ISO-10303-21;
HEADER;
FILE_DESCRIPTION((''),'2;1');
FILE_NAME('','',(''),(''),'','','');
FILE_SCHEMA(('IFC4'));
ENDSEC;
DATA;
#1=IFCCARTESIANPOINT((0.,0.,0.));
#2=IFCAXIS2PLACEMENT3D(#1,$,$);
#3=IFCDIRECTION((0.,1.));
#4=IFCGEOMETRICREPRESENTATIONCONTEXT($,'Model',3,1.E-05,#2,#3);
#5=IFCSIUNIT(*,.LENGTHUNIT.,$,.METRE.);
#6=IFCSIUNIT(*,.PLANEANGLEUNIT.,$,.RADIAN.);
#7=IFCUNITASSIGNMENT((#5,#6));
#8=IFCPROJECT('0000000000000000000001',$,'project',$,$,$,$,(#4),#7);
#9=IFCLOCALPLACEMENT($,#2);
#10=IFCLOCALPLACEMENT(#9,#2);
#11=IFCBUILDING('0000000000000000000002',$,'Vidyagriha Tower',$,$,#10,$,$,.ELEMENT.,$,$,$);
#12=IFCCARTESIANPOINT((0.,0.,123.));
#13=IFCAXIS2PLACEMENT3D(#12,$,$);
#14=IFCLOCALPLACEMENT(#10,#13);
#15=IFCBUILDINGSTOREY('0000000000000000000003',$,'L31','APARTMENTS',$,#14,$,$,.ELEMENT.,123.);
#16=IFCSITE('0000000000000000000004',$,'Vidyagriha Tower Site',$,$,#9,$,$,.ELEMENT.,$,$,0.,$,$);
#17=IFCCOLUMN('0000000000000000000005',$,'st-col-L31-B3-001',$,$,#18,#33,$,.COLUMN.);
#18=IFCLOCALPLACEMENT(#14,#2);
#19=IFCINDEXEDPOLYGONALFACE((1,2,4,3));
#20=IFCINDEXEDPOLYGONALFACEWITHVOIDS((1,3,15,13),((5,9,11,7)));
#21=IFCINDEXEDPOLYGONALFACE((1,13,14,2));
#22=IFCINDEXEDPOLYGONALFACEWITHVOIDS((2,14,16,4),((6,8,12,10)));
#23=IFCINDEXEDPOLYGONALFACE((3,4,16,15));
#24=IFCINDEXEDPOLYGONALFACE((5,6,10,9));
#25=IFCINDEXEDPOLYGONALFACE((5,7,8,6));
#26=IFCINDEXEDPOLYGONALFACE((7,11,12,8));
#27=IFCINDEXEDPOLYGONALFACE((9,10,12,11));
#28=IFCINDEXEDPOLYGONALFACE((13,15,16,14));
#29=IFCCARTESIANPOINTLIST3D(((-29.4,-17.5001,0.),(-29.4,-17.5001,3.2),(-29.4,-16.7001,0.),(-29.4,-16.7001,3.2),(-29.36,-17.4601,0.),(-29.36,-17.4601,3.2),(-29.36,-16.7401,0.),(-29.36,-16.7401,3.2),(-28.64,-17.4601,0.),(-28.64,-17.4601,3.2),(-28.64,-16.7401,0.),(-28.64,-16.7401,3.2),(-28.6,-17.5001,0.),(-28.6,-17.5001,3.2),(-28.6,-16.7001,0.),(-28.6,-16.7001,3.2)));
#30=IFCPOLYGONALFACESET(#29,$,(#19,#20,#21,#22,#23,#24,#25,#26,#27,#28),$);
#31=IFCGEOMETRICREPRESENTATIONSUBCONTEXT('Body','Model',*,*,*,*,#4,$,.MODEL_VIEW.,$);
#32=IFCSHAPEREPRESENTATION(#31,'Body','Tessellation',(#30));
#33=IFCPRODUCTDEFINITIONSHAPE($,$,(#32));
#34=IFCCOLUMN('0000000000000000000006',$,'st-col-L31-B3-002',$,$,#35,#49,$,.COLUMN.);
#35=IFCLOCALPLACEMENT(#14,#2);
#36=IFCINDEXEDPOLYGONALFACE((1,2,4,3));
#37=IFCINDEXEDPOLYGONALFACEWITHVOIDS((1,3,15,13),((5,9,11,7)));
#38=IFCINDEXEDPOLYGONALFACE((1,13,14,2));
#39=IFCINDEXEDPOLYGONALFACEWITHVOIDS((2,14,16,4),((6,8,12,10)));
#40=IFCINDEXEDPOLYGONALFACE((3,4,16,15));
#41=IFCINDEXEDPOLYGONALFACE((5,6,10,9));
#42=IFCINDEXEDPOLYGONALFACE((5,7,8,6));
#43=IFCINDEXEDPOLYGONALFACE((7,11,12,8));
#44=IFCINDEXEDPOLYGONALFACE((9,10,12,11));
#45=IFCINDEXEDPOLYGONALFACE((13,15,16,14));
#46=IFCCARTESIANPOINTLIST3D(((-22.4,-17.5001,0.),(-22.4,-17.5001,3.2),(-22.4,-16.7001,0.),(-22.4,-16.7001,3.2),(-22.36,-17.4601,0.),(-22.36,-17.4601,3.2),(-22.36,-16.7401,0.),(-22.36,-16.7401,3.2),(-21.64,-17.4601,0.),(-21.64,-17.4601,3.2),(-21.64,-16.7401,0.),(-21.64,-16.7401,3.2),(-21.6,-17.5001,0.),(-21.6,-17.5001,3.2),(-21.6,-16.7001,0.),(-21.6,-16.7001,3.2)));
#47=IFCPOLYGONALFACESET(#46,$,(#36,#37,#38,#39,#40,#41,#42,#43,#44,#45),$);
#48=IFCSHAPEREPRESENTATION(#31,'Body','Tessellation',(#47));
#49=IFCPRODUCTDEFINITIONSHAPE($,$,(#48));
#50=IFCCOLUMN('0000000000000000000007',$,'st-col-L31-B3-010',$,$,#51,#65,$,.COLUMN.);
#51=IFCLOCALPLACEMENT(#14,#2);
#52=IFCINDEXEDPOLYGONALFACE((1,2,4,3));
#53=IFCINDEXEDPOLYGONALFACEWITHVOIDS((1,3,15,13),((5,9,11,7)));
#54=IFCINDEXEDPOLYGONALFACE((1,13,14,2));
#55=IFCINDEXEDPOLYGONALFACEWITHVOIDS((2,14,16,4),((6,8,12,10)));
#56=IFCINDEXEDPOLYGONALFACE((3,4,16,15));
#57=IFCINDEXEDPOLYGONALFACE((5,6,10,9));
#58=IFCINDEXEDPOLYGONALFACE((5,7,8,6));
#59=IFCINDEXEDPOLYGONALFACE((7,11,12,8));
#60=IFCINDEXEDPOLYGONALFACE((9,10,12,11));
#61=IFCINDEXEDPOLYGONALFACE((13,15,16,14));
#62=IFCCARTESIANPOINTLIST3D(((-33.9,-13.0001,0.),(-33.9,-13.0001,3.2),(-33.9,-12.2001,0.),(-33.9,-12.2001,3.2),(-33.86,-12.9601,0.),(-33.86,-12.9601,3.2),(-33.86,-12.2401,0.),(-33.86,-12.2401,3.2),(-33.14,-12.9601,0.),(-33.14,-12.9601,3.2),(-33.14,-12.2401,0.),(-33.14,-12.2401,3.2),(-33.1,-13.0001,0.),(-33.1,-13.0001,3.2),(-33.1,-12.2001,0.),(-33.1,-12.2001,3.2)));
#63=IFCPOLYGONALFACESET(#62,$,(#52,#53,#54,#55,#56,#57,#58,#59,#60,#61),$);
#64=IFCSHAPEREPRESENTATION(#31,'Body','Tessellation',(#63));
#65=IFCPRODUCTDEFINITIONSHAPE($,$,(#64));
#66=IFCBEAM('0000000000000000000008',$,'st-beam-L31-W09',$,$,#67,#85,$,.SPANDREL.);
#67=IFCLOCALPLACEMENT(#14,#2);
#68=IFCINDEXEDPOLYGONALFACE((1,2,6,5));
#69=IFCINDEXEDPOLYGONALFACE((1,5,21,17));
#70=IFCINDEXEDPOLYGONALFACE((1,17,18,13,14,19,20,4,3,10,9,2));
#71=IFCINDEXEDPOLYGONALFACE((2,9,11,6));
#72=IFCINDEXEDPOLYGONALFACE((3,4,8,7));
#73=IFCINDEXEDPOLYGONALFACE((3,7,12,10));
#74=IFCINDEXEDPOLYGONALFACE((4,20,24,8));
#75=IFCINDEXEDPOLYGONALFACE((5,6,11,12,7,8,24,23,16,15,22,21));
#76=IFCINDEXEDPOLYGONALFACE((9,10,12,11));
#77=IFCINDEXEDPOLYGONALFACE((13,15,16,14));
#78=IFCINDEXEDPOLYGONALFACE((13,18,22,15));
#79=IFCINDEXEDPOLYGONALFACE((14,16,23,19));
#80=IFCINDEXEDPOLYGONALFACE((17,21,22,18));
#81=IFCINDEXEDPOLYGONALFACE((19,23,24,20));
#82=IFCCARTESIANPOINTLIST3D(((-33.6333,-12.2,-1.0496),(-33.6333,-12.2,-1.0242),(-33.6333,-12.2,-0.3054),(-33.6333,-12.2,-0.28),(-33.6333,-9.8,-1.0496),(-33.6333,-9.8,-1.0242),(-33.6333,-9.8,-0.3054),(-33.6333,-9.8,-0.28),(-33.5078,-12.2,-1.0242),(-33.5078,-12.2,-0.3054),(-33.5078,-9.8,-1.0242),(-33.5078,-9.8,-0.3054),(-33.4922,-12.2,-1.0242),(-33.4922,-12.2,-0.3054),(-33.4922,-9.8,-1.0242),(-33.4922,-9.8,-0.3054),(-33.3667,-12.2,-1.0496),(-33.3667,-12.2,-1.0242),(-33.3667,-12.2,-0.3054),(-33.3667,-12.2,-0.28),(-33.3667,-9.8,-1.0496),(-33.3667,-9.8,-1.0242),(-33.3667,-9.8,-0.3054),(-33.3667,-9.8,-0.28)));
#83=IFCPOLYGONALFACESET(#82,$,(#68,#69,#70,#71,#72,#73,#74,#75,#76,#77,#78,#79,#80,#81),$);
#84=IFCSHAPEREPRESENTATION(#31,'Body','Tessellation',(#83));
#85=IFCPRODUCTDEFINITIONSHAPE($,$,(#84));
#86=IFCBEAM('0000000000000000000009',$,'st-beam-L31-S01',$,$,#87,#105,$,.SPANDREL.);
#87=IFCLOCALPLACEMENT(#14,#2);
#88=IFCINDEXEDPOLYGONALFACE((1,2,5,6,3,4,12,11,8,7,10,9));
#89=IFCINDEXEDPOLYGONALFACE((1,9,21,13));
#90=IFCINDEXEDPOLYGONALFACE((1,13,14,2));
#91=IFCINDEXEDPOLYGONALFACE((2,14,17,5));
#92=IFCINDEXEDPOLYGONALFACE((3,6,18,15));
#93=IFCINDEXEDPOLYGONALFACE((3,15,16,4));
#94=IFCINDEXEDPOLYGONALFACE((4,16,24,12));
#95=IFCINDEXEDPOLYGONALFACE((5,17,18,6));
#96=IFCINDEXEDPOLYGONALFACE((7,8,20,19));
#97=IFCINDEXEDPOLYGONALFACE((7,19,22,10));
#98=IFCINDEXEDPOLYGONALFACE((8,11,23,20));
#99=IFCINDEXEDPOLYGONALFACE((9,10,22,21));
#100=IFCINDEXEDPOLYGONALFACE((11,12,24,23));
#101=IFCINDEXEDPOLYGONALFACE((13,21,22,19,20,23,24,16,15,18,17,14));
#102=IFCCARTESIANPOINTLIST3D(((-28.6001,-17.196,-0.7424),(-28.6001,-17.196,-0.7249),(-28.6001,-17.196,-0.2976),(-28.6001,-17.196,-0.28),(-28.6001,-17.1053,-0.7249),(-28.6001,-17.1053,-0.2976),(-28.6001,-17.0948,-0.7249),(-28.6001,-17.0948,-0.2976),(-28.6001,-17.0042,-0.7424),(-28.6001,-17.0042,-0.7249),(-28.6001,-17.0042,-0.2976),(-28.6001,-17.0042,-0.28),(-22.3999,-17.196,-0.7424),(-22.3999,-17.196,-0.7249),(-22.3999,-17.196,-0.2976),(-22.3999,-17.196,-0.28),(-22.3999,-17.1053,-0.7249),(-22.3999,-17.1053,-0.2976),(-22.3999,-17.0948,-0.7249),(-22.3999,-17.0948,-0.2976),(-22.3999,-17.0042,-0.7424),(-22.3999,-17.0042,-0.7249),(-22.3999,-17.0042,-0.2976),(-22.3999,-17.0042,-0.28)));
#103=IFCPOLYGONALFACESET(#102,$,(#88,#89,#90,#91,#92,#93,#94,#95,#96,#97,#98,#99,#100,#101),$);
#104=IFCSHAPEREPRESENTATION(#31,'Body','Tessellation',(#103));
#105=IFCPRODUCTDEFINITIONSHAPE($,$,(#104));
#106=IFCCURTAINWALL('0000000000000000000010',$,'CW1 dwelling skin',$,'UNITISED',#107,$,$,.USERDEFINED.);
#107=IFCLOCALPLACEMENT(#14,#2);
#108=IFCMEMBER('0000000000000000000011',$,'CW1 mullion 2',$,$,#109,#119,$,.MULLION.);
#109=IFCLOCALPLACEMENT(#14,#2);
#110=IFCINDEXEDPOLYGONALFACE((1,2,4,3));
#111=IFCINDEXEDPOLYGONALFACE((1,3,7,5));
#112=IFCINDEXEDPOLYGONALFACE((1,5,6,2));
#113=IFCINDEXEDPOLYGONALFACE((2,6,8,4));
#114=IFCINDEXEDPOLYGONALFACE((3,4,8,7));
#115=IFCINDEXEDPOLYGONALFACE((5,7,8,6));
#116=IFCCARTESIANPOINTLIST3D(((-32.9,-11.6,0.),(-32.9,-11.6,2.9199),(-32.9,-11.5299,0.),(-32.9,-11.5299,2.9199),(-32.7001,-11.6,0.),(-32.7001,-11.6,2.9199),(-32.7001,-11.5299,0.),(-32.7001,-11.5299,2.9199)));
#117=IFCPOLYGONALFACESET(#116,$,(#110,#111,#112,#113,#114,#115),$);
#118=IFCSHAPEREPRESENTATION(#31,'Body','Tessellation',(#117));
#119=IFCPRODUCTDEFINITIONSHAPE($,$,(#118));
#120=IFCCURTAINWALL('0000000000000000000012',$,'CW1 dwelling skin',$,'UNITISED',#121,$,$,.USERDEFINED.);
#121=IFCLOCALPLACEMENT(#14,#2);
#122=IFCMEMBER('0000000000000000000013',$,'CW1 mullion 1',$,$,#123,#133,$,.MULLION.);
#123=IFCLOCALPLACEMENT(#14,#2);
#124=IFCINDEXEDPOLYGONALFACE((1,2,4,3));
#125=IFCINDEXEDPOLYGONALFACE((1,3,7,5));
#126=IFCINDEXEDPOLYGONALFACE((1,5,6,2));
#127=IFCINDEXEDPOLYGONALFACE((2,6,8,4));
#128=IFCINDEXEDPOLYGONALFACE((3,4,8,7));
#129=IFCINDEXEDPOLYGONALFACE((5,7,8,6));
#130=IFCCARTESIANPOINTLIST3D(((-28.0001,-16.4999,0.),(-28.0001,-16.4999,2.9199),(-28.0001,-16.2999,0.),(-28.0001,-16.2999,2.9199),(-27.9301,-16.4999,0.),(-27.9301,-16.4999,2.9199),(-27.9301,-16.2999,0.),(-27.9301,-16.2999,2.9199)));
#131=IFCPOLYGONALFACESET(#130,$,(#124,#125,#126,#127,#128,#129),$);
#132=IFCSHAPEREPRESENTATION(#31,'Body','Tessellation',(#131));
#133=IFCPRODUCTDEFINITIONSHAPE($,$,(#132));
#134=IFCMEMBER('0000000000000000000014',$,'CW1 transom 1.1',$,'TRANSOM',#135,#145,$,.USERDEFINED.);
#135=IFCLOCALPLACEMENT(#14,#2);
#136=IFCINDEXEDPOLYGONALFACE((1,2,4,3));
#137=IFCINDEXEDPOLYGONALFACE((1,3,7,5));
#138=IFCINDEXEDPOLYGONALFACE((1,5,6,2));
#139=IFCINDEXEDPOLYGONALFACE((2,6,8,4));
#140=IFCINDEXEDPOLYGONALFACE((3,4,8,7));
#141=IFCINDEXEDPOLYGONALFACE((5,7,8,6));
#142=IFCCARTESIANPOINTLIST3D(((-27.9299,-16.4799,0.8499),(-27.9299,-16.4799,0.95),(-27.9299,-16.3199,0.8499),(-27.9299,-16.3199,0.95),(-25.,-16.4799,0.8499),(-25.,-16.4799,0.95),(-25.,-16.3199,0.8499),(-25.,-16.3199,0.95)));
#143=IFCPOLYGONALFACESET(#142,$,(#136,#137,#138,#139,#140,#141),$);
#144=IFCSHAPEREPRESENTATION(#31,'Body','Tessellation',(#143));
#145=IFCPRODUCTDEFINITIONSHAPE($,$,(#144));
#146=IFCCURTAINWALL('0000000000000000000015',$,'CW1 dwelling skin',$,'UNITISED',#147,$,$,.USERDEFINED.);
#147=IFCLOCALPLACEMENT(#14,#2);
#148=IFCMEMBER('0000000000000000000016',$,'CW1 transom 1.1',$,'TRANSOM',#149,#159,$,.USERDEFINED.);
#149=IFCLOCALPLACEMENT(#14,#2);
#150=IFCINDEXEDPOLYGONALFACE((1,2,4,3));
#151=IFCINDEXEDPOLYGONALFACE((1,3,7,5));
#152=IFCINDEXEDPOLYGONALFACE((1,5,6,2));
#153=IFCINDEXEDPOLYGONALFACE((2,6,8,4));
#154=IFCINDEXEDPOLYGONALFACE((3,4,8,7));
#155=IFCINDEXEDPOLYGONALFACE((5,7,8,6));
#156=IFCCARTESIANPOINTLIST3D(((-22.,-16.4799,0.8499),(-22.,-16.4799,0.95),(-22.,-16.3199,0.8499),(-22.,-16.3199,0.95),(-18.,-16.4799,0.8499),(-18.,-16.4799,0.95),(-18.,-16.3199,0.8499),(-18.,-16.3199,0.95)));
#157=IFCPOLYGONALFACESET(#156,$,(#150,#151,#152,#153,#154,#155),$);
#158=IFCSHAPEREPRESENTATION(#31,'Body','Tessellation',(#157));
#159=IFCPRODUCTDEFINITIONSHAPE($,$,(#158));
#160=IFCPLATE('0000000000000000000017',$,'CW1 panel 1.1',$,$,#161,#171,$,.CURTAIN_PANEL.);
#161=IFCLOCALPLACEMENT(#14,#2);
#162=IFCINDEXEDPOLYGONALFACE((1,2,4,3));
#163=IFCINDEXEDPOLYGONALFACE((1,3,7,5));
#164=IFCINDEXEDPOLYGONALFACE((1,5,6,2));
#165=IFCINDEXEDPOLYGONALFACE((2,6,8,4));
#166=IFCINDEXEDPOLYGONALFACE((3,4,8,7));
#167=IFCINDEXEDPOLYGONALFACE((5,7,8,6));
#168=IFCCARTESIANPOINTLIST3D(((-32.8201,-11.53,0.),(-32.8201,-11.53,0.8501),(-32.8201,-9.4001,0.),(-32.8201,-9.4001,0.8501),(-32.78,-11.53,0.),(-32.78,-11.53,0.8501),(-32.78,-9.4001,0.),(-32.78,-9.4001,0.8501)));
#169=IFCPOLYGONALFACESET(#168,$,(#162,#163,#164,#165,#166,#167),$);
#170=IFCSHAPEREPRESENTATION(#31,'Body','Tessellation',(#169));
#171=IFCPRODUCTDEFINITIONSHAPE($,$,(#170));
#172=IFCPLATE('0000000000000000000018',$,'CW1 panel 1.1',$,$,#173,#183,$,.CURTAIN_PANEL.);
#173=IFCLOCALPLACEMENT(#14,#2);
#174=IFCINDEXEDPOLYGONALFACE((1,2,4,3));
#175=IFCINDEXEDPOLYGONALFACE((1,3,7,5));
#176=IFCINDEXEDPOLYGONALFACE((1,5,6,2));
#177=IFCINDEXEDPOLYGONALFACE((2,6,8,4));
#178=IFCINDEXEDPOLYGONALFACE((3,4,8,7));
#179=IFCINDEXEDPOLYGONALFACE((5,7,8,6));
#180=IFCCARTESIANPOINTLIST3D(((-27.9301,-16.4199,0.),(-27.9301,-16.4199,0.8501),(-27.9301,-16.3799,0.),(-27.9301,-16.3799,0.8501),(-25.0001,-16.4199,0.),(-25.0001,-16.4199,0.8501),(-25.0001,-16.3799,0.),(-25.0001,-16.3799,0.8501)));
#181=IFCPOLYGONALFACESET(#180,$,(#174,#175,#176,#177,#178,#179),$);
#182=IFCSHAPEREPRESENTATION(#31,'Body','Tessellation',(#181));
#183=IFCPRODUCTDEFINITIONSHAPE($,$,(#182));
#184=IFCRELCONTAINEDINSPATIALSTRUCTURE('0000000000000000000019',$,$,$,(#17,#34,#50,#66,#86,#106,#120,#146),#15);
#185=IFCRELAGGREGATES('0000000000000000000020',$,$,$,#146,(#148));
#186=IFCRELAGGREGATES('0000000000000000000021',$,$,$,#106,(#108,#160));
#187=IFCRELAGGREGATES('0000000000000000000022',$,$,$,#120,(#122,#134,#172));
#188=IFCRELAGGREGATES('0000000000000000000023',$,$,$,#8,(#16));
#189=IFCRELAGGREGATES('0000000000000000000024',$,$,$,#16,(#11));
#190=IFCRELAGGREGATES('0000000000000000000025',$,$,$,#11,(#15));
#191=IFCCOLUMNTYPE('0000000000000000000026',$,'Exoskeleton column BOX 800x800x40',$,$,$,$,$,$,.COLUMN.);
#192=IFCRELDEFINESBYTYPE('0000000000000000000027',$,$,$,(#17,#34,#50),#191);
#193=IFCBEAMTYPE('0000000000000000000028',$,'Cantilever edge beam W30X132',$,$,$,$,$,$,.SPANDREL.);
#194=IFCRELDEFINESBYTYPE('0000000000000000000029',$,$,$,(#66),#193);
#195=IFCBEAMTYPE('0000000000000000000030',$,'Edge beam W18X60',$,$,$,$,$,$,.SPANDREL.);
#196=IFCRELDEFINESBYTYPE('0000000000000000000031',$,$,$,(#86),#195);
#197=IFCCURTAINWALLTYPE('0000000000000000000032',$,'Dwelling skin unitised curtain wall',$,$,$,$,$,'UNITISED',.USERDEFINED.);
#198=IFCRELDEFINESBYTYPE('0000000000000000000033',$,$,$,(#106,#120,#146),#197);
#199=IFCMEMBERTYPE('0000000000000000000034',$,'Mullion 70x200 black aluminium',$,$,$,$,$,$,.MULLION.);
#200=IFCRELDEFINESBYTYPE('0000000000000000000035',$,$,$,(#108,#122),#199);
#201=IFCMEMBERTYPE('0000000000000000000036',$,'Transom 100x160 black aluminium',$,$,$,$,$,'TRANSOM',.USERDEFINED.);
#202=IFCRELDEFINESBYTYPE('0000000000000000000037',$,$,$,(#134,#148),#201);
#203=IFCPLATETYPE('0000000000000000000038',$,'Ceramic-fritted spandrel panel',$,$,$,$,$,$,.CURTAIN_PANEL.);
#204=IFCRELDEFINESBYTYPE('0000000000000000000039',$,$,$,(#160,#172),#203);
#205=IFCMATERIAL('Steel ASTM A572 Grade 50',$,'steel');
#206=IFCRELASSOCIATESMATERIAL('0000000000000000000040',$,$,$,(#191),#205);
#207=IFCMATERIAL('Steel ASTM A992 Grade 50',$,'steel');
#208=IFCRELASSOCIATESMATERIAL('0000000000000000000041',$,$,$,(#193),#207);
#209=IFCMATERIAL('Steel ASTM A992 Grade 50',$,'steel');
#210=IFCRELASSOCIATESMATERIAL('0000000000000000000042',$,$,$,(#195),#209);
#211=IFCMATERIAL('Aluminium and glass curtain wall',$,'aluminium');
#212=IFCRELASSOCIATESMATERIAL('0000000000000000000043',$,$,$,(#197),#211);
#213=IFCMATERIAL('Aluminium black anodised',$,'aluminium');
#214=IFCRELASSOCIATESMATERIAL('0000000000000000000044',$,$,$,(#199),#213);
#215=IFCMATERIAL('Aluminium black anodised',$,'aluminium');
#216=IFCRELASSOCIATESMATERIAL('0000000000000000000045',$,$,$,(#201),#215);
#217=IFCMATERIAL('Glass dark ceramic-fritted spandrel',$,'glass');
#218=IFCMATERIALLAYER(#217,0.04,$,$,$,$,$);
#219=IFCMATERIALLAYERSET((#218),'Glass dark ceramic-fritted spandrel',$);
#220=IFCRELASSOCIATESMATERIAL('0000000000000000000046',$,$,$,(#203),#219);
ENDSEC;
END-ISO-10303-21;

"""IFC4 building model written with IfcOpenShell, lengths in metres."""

from ifc_helpers import new_model, si_unit, direction, frame, origin, origin_2d, place, context, subcontext, project, spatial, rectangle, hollow_rectangle, i_section, extrude, material, layer, layer_set, material_profile, profile_set, type_object, element, aggregate, save


model = new_model("IFC4")

# Units and contexts
model_context = context("Model", 3, precision=1e-05, world=origin(), true_north=direction((0.0, 1.0)))
body_context = subcontext(model_context, "Body", "Model", "MODEL_VIEW")
ifc_project = project(units=[si_unit("LENGTHUNIT", "METRE"), si_unit("PLANEANGLEUNIT", "RADIAN")], contexts=[model_context])

# Site, building, storey
site_placement = place(None, origin())
site = spatial("IfcSite", under=ifc_project, at=site_placement, Name="Vidyagriha Tower Site", CompositionType="ELEMENT", RefElevation=0.0)
building_placement = place(site_placement, origin())
building = spatial("IfcBuilding", under=site, at=building_placement, Name="Vidyagriha Tower", CompositionType="ELEMENT")
storey_placement = place(building_placement, frame((0.0, 0.0, 123.0)))
storey = spatial("IfcBuildingStorey", under=building, at=storey_placement, Name="L31", Description="APARTMENTS", CompositionType="ELEMENT", Elevation=123.0)

# Columns
ifc_material_1 = material(Name="Steel ASTM A572 Grade 50", Category="steel")
ifc_material_profile_1 = material_profile(ifc_material_1, hollow_rectangle(XDim=0.8, YDim=0.8, WallThickness=0.04, at=origin_2d()), Name="BOX 800x800x40")
ifc_profile_set_1 = profile_set([ifc_material_profile_1], Name="Steel ASTM A572 Grade 50")
column_type = type_object("IfcColumnType", Name="Exoskeleton column BOX 800x800x40", PredefinedType="COLUMN", material=ifc_profile_set_1)
for number, where, name in (
    (1, (-29.0, -17.1001, 0.0), "st-col-L31-B3-001"),
    (2, (-22.0, -17.1001, 0.0), "st-col-L31-B3-002"),
    (3, (-33.5, -12.6001, 0.0), "st-col-L31-B3-010"),
):
    element("IfcColumn", number, at=place(storey_placement, frame(where)), inside=storey, type_object=column_type, Name=name, PredefinedType="COLUMN", context=body_context, shape_type="SweptSolid", body=[
        extrude(hollow_rectangle(XDim=0.8, YDim=0.8, WallThickness=0.04, at=origin_2d()), origin(), (0.0, 0.0, 1.0), 3.2),
    ])

# Beams
ifc_material_2 = material(Name="Steel ASTM A992 Grade 50", Category="steel")
ifc_material_profile_2 = material_profile(ifc_material_2, i_section(OverallWidth=0.2666, OverallDepth=0.7695, WebThickness=0.0156, FlangeThickness=0.0254, at=origin_2d()), Name="W30X132")
ifc_profile_set_2 = profile_set([ifc_material_profile_2], Name="Steel ASTM A992 Grade 50")
beam_type_1 = type_object("IfcBeamType", Name="Cantilever edge beam W30X132", PredefinedType="SPANDREL", material=ifc_profile_set_2)
beam_1_placement = place(storey_placement, frame((-33.5, -12.2, -0.6648), z_axis=(0.0, 1.0, 0.0), x_axis=(-1.0, 0.0, 0.0)))
element("IfcBeam", 4, at=beam_1_placement, inside=storey, type_object=beam_type_1, Name="st-beam-L31-W09", PredefinedType="SPANDREL", context=body_context, shape_type="SweptSolid", body=[
    extrude(i_section(OverallWidth=0.2666, OverallDepth=0.7695, WebThickness=0.0156, FlangeThickness=0.0254, at=origin_2d()), origin(), (0.0, 0.0, 1.0), 2.3999),
])
ifc_material_3 = material(Name="Steel ASTM A992 Grade 50", Category="steel")
ifc_material_profile_3 = material_profile(ifc_material_3, i_section(OverallWidth=0.1919, OverallDepth=0.4624, WebThickness=0.0105, FlangeThickness=0.0176, at=origin_2d()), Name="W18X60")
ifc_profile_set_3 = profile_set([ifc_material_profile_3], Name="Steel ASTM A992 Grade 50")
beam_type_2 = type_object("IfcBeamType", Name="Edge beam W18X60", PredefinedType="SPANDREL", material=ifc_profile_set_3)
beam_2_placement = place(storey_placement, frame((-28.6001, -17.1001, -0.5112), z_axis=(1.0, 0.0, 0.0), x_axis=(0.0, 1.0, 0.0)))
element("IfcBeam", 5, at=beam_2_placement, inside=storey, type_object=beam_type_2, Name="st-beam-L31-S01", PredefinedType="SPANDREL", context=body_context, shape_type="SweptSolid", body=[
    extrude(i_section(OverallWidth=0.1919, OverallDepth=0.4624, WebThickness=0.0105, FlangeThickness=0.0176, at=origin_2d()), origin(), (0.0, 0.0, 1.0), 6.2002),
])

# Curtain wall, member
ifc_material_4 = material(Name="Aluminium and glass curtain wall", Category="aluminium")
curtain_wall_type = type_object("IfcCurtainWallType", Name="Dwelling skin unitised curtain wall", ElementType="UNITISED", PredefinedType="USERDEFINED", material=ifc_material_4)
curtain_wall_1_placement = place(storey_placement, origin())
curtain_wall_1 = element("IfcCurtainWall", 6, at=curtain_wall_1_placement, inside=storey, type_object=curtain_wall_type, Name="CW1 dwelling skin", ObjectType="UNITISED", PredefinedType="USERDEFINED")
ifc_material_5 = material(Name="Aluminium black anodised", Category="aluminium")
ifc_material_profile_4 = material_profile(ifc_material_5, rectangle(XDim=0.2, YDim=0.0701, at=origin_2d()), Name="Mullion 70x200 black aluminium")
ifc_profile_set_4 = profile_set([ifc_material_profile_4], Name="Aluminium black anodised")
member_type_1 = type_object("IfcMemberType", Name="Mullion 70x200 black aluminium", PredefinedType="MULLION", material=ifc_profile_set_4)
member_1_placement = place(storey_placement, frame((-32.8, -11.5649, 0.0)))
member_1 = element("IfcMember", 7, at=member_1_placement, type_object=member_type_1, Name="CW1 mullion 2", PredefinedType="MULLION", context=body_context, shape_type="SweptSolid", body=[
    extrude(rectangle(XDim=0.2, YDim=0.0701, at=origin_2d()), origin(), (0.0, 0.0, 1.0), 2.9199),
])

# Curtain wall, members
curtain_wall_2_placement = place(storey_placement, origin())
curtain_wall_2 = element("IfcCurtainWall", 8, at=curtain_wall_2_placement, inside=storey, type_object=curtain_wall_type, Name="CW1 dwelling skin", ObjectType="UNITISED", PredefinedType="USERDEFINED")
member_2_placement = place(storey_placement, frame((-27.9651, -16.3999, 0.0), z_axis=(0.0, 0.0, 1.0), x_axis=(0.0, 1.0, 0.0)))
member_2 = element("IfcMember", 9, at=member_2_placement, type_object=member_type_1, Name="CW1 mullion 1", PredefinedType="MULLION", context=body_context, shape_type="SweptSolid", body=[
    extrude(rectangle(XDim=0.2, YDim=0.0701, at=origin_2d()), origin(), (0.0, 0.0, 1.0), 2.9199),
])
ifc_material_6 = material(Name="Aluminium black anodised", Category="aluminium")
ifc_material_profile_5 = material_profile(ifc_material_6, rectangle(XDim=0.1599, YDim=0.1001, at=origin_2d()), Name="Transom 100x160 black aluminium")
ifc_profile_set_5 = profile_set([ifc_material_profile_5], Name="Aluminium black anodised")
member_type_2 = type_object("IfcMemberType", Name="Transom 100x160 black aluminium", ElementType="TRANSOM", PredefinedType="USERDEFINED", material=ifc_profile_set_5)
member_3_placement = place(storey_placement, frame((-27.9299, -16.3999, 0.8999), z_axis=(1.0, 0.0, 0.0), x_axis=(0.0, 1.0, 0.0)))
member_3 = element("IfcMember", 10, at=member_3_placement, type_object=member_type_2, Name="CW1 transom 1.1", ObjectType="TRANSOM", PredefinedType="USERDEFINED", context=body_context, shape_type="SweptSolid", body=[
    extrude(rectangle(XDim=0.1599, YDim=0.1001, at=origin_2d()), origin(), (0.0, 0.0, 1.0), 2.9299),
])

# Curtain wall, member
curtain_wall_3_placement = place(storey_placement, origin())
curtain_wall_3 = element("IfcCurtainWall", 11, at=curtain_wall_3_placement, inside=storey, type_object=curtain_wall_type, Name="CW1 dwelling skin", ObjectType="UNITISED", PredefinedType="USERDEFINED")
member_4_placement = place(storey_placement, frame((-22.0, -16.3999, 0.8999), z_axis=(1.0, 0.0, 0.0), x_axis=(0.0, 1.0, 0.0)))
member_4 = element("IfcMember", 12, at=member_4_placement, type_object=member_type_2, Name="CW1 transom 1.1", ObjectType="TRANSOM", PredefinedType="USERDEFINED", context=body_context, shape_type="SweptSolid", body=[
    extrude(rectangle(XDim=0.1599, YDim=0.1001, at=origin_2d()), origin(), (0.0, 0.0, 1.0), 4.0),
])
aggregate(curtain_wall_3, [member_4])

# Plates
ifc_material_7 = material(Name="Glass dark ceramic-fritted spandrel", Category="glass")
ifc_layer_1 = layer(ifc_material_7, 0.04)
ifc_layer_set_1 = layer_set([ifc_layer_1], Name="Glass dark ceramic-fritted spandrel")
plate_type_1 = type_object("IfcPlateType", Name="Ceramic-fritted spandrel panel", PredefinedType="CURTAIN_PANEL", material=ifc_layer_set_1)
plate_1_placement = place(storey_placement, frame((-32.8, -10.4651, 0.0), z_axis=(0.0, 0.0, 1.0), x_axis=(0.0, -1.0, 0.0)))
plate_1 = element("IfcPlate", 13, at=plate_1_placement, type_object=plate_type_1, Name="CW1 panel 1.1", PredefinedType="CURTAIN_PANEL", context=body_context, shape_type="SweptSolid", body=[
    extrude(rectangle(XDim=2.1299, YDim=0.04, at=origin_2d()), origin(), (0.0, 0.0, 1.0), 0.8501),
])
plate_2_placement = place(storey_placement, frame((-26.4651, -16.3999, 0.0)))
plate_2 = element("IfcPlate", 14, at=plate_2_placement, type_object=plate_type_1, Name="CW1 panel 1.1", PredefinedType="CURTAIN_PANEL", context=body_context, shape_type="SweptSolid", body=[
    extrude(rectangle(XDim=2.9299, YDim=0.04, at=origin_2d()), origin(), (0.0, 0.0, 1.0), 0.8501),
])
aggregate(curtain_wall_1, [member_1, plate_1])
aggregate(curtain_wall_2, [member_2, member_3, plate_2])

save(model, "model.ifc")
